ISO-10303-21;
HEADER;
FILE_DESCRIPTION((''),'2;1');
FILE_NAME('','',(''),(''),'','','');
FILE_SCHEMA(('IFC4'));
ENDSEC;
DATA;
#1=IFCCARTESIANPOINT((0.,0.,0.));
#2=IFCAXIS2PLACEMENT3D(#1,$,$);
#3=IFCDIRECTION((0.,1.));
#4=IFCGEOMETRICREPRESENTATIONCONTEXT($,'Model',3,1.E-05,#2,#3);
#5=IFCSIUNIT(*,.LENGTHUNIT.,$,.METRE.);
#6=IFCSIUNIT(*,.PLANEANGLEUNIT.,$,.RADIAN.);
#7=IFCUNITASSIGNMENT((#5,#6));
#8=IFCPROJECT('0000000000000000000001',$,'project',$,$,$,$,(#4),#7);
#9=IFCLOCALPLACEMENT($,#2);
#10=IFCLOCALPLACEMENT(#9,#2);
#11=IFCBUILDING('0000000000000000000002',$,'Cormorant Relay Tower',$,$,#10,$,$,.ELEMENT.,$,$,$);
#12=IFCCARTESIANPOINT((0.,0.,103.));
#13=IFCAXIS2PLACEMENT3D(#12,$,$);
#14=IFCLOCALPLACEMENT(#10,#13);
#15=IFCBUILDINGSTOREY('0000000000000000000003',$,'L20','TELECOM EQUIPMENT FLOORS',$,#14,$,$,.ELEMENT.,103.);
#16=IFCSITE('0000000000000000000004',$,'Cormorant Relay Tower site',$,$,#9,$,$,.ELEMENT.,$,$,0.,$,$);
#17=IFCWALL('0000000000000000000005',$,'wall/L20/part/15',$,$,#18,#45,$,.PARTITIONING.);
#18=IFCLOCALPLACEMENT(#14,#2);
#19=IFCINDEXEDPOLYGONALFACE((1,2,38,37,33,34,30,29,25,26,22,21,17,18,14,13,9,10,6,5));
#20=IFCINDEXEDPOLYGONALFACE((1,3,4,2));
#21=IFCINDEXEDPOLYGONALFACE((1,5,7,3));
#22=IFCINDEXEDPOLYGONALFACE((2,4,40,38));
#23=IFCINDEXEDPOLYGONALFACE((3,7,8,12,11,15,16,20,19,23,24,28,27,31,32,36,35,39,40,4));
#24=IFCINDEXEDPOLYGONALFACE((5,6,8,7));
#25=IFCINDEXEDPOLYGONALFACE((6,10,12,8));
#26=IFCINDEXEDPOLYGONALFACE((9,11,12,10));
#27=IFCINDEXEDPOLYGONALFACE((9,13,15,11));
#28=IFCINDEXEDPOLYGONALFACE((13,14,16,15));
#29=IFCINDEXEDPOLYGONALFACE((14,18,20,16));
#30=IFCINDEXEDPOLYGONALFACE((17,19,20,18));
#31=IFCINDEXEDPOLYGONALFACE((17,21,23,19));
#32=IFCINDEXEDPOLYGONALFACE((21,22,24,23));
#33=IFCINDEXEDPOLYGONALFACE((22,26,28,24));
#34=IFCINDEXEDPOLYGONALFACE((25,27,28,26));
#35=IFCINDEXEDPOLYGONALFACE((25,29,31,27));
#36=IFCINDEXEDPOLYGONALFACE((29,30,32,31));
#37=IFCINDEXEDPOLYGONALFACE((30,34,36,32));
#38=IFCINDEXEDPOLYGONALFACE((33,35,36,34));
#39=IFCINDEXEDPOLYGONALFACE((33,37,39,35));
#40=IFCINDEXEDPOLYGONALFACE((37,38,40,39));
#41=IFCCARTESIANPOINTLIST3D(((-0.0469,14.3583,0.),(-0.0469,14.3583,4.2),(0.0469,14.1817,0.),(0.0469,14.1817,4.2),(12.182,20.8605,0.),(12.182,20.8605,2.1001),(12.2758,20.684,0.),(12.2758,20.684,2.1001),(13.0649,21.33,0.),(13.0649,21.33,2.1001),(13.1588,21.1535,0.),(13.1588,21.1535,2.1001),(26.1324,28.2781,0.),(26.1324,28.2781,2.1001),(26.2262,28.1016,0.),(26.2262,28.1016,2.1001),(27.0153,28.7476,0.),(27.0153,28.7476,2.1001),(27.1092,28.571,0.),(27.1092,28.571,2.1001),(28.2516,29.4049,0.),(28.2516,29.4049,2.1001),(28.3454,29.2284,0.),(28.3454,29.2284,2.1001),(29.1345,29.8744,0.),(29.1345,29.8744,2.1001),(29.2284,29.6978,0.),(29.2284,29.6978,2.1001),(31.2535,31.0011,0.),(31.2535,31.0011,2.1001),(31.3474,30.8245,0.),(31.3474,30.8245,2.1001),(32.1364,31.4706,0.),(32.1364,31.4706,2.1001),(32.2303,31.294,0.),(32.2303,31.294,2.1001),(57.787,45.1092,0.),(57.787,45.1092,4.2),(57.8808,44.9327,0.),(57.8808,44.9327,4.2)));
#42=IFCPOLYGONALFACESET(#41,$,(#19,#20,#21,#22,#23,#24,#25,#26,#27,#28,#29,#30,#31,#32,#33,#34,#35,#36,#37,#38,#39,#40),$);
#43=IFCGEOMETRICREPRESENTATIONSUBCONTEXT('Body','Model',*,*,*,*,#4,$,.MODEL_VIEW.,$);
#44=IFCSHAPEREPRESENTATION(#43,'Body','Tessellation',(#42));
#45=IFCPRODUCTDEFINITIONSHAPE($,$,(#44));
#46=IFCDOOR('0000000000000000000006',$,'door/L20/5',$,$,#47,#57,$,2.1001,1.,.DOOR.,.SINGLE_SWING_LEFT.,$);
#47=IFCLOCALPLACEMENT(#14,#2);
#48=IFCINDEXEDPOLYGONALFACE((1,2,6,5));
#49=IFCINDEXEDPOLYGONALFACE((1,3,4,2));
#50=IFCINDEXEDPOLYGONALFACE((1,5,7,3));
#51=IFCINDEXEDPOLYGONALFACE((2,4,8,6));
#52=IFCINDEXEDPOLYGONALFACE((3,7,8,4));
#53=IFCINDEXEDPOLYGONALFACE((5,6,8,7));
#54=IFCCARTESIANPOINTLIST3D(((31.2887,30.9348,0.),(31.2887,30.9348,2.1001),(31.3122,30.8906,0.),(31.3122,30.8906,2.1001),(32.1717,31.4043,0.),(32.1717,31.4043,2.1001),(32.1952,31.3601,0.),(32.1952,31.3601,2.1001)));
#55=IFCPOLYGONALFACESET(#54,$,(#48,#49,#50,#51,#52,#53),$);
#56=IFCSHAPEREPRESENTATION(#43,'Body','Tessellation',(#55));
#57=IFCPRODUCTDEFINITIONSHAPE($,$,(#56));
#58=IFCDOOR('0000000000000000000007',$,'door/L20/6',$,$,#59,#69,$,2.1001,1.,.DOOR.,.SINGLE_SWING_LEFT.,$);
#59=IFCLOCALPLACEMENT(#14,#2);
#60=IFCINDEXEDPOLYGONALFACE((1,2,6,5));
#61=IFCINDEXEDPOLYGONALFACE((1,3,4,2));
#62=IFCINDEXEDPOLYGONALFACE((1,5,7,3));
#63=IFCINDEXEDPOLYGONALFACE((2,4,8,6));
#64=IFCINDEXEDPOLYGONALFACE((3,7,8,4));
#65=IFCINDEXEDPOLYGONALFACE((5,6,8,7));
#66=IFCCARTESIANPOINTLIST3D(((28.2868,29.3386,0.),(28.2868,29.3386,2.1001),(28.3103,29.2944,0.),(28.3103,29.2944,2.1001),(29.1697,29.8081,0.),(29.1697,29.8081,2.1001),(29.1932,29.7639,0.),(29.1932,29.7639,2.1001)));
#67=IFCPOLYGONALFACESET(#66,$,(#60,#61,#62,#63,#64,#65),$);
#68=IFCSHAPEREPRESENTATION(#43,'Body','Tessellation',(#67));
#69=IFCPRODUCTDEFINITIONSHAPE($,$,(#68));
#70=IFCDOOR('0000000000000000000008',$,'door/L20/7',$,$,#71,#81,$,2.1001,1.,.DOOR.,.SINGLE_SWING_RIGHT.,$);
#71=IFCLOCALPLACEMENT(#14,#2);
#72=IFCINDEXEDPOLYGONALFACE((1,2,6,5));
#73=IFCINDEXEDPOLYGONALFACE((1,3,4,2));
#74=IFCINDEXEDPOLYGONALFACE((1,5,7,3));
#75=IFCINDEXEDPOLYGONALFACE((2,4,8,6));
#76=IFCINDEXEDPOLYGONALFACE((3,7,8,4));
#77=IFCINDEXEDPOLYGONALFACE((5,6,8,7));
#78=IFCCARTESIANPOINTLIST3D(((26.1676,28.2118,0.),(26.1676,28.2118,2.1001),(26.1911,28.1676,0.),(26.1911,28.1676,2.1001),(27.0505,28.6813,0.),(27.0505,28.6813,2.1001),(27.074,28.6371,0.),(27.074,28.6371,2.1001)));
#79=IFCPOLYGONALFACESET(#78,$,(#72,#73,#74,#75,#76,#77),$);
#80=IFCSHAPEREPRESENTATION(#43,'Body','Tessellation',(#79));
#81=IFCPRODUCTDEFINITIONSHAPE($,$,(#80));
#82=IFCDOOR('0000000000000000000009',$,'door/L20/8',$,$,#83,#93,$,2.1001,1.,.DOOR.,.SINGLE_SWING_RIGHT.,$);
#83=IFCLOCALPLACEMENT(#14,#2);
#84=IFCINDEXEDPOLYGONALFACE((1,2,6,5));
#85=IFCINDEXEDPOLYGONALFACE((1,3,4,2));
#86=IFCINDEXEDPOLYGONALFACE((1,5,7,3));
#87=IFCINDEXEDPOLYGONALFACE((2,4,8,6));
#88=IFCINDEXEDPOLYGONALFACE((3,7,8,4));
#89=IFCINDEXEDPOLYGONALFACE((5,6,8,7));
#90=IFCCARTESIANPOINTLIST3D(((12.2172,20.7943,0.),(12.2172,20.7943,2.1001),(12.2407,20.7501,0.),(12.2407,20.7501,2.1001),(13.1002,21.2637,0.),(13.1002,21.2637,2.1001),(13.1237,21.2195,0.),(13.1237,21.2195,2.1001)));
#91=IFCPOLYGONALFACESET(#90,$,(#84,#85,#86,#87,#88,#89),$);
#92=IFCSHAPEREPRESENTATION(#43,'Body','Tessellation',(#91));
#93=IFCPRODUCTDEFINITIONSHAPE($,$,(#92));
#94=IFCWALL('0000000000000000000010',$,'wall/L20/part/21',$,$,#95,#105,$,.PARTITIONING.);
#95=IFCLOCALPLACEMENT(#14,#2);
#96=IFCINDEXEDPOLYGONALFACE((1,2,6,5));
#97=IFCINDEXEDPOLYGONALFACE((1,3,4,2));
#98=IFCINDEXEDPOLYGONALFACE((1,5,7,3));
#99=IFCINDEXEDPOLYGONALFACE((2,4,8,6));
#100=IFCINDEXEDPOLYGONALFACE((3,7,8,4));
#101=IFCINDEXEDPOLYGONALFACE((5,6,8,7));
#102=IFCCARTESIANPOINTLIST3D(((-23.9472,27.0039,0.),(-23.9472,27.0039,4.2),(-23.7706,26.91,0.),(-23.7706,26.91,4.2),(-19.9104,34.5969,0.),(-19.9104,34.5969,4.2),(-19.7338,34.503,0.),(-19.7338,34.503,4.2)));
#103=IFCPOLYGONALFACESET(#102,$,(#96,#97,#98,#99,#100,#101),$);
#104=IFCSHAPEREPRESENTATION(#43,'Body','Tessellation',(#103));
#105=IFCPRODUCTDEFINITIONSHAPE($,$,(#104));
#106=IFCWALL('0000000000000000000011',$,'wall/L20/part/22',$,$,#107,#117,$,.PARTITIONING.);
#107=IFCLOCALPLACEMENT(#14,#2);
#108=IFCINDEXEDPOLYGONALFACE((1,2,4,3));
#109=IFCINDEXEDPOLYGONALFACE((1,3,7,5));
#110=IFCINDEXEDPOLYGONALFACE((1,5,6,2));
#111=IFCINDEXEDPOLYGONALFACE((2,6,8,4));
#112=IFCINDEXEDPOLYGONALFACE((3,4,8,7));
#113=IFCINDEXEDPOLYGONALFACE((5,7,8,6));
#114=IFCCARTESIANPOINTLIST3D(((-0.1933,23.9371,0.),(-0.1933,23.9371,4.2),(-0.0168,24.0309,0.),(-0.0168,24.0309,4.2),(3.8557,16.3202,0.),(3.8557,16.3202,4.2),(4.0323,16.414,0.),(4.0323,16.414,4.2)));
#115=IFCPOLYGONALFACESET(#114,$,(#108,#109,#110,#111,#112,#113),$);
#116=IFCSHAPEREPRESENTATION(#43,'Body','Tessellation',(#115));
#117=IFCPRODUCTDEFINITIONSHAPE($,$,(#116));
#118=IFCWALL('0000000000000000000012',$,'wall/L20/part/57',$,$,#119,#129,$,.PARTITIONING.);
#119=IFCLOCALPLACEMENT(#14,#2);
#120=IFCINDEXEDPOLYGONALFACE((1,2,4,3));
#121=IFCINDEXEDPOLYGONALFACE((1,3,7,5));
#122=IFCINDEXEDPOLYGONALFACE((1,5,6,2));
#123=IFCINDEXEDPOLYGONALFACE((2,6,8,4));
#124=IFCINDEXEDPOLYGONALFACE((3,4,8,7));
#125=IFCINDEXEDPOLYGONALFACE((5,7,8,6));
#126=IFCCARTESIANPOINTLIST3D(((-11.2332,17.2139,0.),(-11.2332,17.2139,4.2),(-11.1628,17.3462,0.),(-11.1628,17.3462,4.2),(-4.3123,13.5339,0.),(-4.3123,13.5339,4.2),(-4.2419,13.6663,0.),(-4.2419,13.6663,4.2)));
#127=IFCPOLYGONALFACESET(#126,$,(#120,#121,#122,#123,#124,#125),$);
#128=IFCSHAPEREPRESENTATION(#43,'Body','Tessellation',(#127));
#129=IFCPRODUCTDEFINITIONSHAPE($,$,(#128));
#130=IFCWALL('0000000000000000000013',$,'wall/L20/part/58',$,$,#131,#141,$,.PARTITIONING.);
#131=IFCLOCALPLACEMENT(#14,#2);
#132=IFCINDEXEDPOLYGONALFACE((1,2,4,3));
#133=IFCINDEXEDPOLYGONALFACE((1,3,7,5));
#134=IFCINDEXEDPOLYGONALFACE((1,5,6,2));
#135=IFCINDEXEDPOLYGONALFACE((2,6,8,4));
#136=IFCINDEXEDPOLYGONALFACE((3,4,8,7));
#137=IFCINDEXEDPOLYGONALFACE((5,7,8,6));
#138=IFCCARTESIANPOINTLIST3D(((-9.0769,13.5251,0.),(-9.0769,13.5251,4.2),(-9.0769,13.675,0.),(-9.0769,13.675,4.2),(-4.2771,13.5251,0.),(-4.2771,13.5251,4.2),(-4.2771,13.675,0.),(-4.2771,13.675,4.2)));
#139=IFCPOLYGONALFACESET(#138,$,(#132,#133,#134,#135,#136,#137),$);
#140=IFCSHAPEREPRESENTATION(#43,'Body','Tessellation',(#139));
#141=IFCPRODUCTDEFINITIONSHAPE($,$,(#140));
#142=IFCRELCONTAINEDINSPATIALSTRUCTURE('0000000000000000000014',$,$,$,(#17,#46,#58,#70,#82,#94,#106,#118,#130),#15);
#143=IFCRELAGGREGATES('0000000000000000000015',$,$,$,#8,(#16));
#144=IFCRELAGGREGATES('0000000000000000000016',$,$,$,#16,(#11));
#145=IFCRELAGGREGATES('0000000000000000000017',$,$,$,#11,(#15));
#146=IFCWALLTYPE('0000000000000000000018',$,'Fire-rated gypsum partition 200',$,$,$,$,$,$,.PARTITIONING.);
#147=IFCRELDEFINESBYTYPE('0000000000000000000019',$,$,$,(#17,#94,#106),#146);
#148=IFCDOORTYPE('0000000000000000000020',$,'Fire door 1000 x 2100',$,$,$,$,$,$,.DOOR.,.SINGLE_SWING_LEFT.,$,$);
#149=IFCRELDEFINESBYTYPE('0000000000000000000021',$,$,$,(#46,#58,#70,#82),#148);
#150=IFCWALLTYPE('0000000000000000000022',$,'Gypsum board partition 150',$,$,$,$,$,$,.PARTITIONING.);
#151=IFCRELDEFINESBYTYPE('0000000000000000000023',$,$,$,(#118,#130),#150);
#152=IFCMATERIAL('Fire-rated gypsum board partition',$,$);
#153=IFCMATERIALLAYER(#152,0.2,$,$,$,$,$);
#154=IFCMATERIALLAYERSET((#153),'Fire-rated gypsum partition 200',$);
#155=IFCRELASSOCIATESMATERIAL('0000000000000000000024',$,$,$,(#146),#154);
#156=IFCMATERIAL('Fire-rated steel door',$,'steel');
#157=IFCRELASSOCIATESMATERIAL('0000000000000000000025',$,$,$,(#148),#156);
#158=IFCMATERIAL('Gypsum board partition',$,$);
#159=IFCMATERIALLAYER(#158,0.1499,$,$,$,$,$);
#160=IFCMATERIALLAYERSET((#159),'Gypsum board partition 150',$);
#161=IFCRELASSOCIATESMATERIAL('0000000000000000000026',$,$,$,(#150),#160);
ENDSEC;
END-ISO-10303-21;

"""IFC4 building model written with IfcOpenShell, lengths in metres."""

from ifc_helpers import new_model, si_unit, direction, frame, frame_2d, origin, place, context, subcontext, project, spatial, rectangle, extrude, material, layer, layer_set, type_object, element, fill, save


model = new_model("IFC4")

# Units and contexts
model_context = context("Model", 3, precision=1e-05, world=origin(), true_north=direction((0.0, 1.0)))
body_context = subcontext(model_context, "Body", "Model", "MODEL_VIEW")
ifc_project = project(units=[si_unit("LENGTHUNIT", "METRE"), si_unit("PLANEANGLEUNIT", "RADIAN")], contexts=[model_context])

# Site, building, storey
site_placement = place(None, origin())
site = spatial("IfcSite", under=ifc_project, at=site_placement, Name="Cormorant Relay Tower site", CompositionType="ELEMENT", RefElevation=0.0)
building_placement = place(site_placement, origin())
building = spatial("IfcBuilding", under=site, at=building_placement, Name="Cormorant Relay Tower", CompositionType="ELEMENT")
storey_placement = place(building_placement, frame((0.0, 0.0, 103.0)))
storey = spatial("IfcBuildingStorey", under=building, at=storey_placement, Name="L20", Description="TELECOM EQUIPMENT FLOORS", CompositionType="ELEMENT", Elevation=103.0)

# Wall, openings, doors
ifc_material_1 = material(Name="Fire-rated gypsum board partition")
ifc_layer_1 = layer(ifc_material_1, 0.2)
ifc_layer_set_1 = layer_set([ifc_layer_1], Name="Fire-rated gypsum partition 200")
wall_type_1 = type_object("IfcWallType", Name="Fire-rated gypsum partition 200", PredefinedType="PARTITIONING", material=ifc_layer_set_1)
wall_1_placement = place(storey_placement, frame((0.0, 14.27, 0.0), z_axis=(0.0, 0.0, 1.0), x_axis=(0.882947, 0.469473, 0.0)))
wall_1 = element("IfcWall", 1, at=wall_1_placement, inside=storey, type_object=wall_type_1, Name="wall/L20/part/15", PredefinedType="PARTITIONING", context=body_context, shape_type="SweptSolid", body=[
    extrude(rectangle(XDim=65.501, YDim=0.2, at=frame_2d((32.7505, 0.0))), origin(), (0.0, 0.0, 1.0), 4.2),
])
opening_1_placement = place(wall_1_placement, frame((35.45, 0.0, 0.0)))
opening_1 = element("IfcOpeningElement", 2, at=opening_1_placement, cuts=wall_1, PredefinedType="OPENING", context=body_context, shape_type="SweptSolid", body=[
    extrude(rectangle(XDim=1.0, YDim=2.1001, at=frame_2d((0.5, 1.05))), frame((0.0, 0.1099, 0.0), z_axis=(0.0, -1.0, 0.0), x_axis=(1.0, 0.0, 0.0)), (0.0, 0.0, 1.0), 0.22),
])
opening_2_placement = place(wall_1_placement, frame((32.05, 0.0, 0.0)))
opening_2 = element("IfcOpeningElement", 3, at=opening_2_placement, cuts=wall_1, PredefinedType="OPENING", context=body_context, shape_type="SweptSolid", body=[
    extrude(rectangle(XDim=1.0, YDim=2.1001, at=frame_2d((0.5, 1.05))), frame((0.0, 0.1099, 0.0), z_axis=(0.0, -1.0, 0.0), x_axis=(1.0, 0.0, 0.0)), (0.0, 0.0, 1.0), 0.22),
])
opening_3_placement = place(wall_1_placement, frame((29.6499, 0.0, 0.0)))
opening_3 = element("IfcOpeningElement", 4, at=opening_3_placement, cuts=wall_1, PredefinedType="OPENING", context=body_context, shape_type="SweptSolid", body=[
    extrude(rectangle(XDim=1.0, YDim=2.1001, at=frame_2d((0.5, 1.05))), frame((0.0, 0.1099, 0.0), z_axis=(0.0, -1.0, 0.0), x_axis=(1.0, 0.0, 0.0)), (0.0, 0.0, 1.0), 0.22),
])
opening_4_placement = place(wall_1_placement, frame((13.8501, 0.0, 0.0)))
opening_4 = element("IfcOpeningElement", 5, at=opening_4_placement, cuts=wall_1, PredefinedType="OPENING", context=body_context, shape_type="SweptSolid", body=[
    extrude(rectangle(XDim=1.0, YDim=2.1001, at=frame_2d((0.5, 1.05))), frame((0.0, 0.1099, 0.0), z_axis=(0.0, -1.0, 0.0), x_axis=(1.0, 0.0, 0.0)), (0.0, 0.0, 1.0), 0.22),
])
ifc_material_2 = material(Name="Fire-rated steel door", Category="steel")
door_type_1 = type_object("IfcDoorType", Name="Fire door 1000 x 2100", OperationType="SINGLE_SWING_LEFT", PredefinedType="DOOR", material=ifc_material_2)
door_1_placement = place(opening_1_placement, origin())
door_1 = element("IfcDoor", 6, at=door_1_placement, inside=storey, type_object=door_type_1, Name="door/L20/5", OperationType="SINGLE_SWING_LEFT", OverallHeight=2.1001, OverallWidth=1.0, PredefinedType="DOOR", context=body_context, shape_type="SweptSolid", body=[
    extrude(rectangle(XDim=1.0, YDim=2.1001, at=frame_2d((0.5, 1.05))), frame((0.0, 0.0249, 0.0), z_axis=(0.0, -1.0, 0.0), x_axis=(1.0, 0.0, 0.0)), (0.0, 0.0, 1.0), 0.05),
])
fill(opening_1, door_1)
door_2_placement = place(opening_2_placement, origin())
door_2 = element("IfcDoor", 7, at=door_2_placement, inside=storey, type_object=door_type_1, Name="door/L20/6", OperationType="SINGLE_SWING_LEFT", OverallHeight=2.1001, OverallWidth=1.0, PredefinedType="DOOR", context=body_context, shape_type="SweptSolid", body=[
    extrude(rectangle(XDim=1.0, YDim=2.1001, at=frame_2d((0.5, 1.05))), frame((0.0, 0.0249, 0.0), z_axis=(0.0, -1.0, 0.0), x_axis=(1.0, 0.0, 0.0)), (0.0, 0.0, 1.0), 0.05),
])
fill(opening_2, door_2)
door_3_placement = place(opening_3_placement, origin())
door_3 = element("IfcDoor", 8, at=door_3_placement, inside=storey, type_object=door_type_1, Name="door/L20/7", OperationType="SINGLE_SWING_RIGHT", OverallHeight=2.1001, OverallWidth=1.0, PredefinedType="DOOR", context=body_context, shape_type="SweptSolid", body=[
    extrude(rectangle(XDim=1.0, YDim=2.1001, at=frame_2d((0.5, 1.05))), frame((0.0, 0.0249, 0.0), z_axis=(0.0, -1.0, 0.0), x_axis=(1.0, 0.0, 0.0)), (0.0, 0.0, 1.0), 0.05),
])
fill(opening_3, door_3)
door_4_placement = place(opening_4_placement, origin())
door_4 = element("IfcDoor", 9, at=door_4_placement, inside=storey, type_object=door_type_1, Name="door/L20/8", OperationType="SINGLE_SWING_RIGHT", OverallHeight=2.1001, OverallWidth=1.0, PredefinedType="DOOR", context=body_context, shape_type="SweptSolid", body=[
    extrude(rectangle(XDim=1.0, YDim=2.1001, at=frame_2d((0.5, 1.05))), frame((0.0, 0.0249, 0.0), z_axis=(0.0, -1.0, 0.0), x_axis=(1.0, 0.0, 0.0)), (0.0, 0.0, 1.0), 0.05),
])
fill(opening_4, door_4)

# Walls
wall_2_placement = place(storey_placement, frame((-19.822, 34.55, 0.0), z_axis=(0.0, 0.0, 1.0), x_axis=(-0.469434, -0.882968, 0.0)))
element("IfcWall", 10, at=wall_2_placement, inside=storey, type_object=wall_type_1, Name="wall/L20/part/21", PredefinedType="PARTITIONING", context=body_context, shape_type="SweptSolid", body=[
    extrude(rectangle(XDim=8.5994, YDim=0.2, at=frame_2d((4.2998, 0.0))), origin(), (0.0, 0.0, 1.0), 4.2),
])
wall_3_placement = place(storey_placement, frame((-0.105, 23.9839, 0.0), z_axis=(0.0, 0.0, 1.0), x_axis=(0.469388, -0.882992, 0.0)))
element("IfcWall", 11, at=wall_3_placement, inside=storey, type_object=wall_type_1, Name="wall/L20/part/22", PredefinedType="PARTITIONING", context=body_context, shape_type="SweptSolid", body=[
    extrude(rectangle(XDim=8.6262, YDim=0.2, at=frame_2d((4.313, 0.0))), origin(), (0.0, 0.0, 1.0), 4.2),
])
ifc_material_3 = material(Name="Gypsum board partition")
ifc_layer_2 = layer(ifc_material_3, 0.1499)
ifc_layer_set_2 = layer_set([ifc_layer_2], Name="Gypsum board partition 150")
wall_type_2 = type_object("IfcWallType", Name="Gypsum board partition 150", PredefinedType="PARTITIONING", material=ifc_layer_set_2)
wall_4_placement = place(storey_placement, frame((-11.198, 17.28, 0.0), z_axis=(0.0, 0.0, 1.0), x_axis=(0.882946, -0.469474, 0.0)))
element("IfcWall", 12, at=wall_4_placement, inside=storey, type_object=wall_type_2, Name="wall/L20/part/57", PredefinedType="PARTITIONING", context=body_context, shape_type="SweptSolid", body=[
    extrude(rectangle(XDim=7.8384, YDim=0.1499, at=frame_2d((3.9192, 0.0))), origin(), (0.0, 0.0, 1.0), 4.2),
])
wall_5_placement = place(storey_placement, frame((-4.2771, 13.6001, 0.0), z_axis=(0.0, 0.0, 1.0), x_axis=(-1.0, 0.0, 0.0)))
element("IfcWall", 13, at=wall_5_placement, inside=storey, type_object=wall_type_2, Name="wall/L20/part/58", PredefinedType="PARTITIONING", context=body_context, shape_type="SweptSolid", body=[
    extrude(rectangle(XDim=4.7998, YDim=0.1499, at=frame_2d((2.3999, 0.0))), origin(), (0.0, 0.0, 1.0), 4.2),
])

save(model, "model.ifc")
